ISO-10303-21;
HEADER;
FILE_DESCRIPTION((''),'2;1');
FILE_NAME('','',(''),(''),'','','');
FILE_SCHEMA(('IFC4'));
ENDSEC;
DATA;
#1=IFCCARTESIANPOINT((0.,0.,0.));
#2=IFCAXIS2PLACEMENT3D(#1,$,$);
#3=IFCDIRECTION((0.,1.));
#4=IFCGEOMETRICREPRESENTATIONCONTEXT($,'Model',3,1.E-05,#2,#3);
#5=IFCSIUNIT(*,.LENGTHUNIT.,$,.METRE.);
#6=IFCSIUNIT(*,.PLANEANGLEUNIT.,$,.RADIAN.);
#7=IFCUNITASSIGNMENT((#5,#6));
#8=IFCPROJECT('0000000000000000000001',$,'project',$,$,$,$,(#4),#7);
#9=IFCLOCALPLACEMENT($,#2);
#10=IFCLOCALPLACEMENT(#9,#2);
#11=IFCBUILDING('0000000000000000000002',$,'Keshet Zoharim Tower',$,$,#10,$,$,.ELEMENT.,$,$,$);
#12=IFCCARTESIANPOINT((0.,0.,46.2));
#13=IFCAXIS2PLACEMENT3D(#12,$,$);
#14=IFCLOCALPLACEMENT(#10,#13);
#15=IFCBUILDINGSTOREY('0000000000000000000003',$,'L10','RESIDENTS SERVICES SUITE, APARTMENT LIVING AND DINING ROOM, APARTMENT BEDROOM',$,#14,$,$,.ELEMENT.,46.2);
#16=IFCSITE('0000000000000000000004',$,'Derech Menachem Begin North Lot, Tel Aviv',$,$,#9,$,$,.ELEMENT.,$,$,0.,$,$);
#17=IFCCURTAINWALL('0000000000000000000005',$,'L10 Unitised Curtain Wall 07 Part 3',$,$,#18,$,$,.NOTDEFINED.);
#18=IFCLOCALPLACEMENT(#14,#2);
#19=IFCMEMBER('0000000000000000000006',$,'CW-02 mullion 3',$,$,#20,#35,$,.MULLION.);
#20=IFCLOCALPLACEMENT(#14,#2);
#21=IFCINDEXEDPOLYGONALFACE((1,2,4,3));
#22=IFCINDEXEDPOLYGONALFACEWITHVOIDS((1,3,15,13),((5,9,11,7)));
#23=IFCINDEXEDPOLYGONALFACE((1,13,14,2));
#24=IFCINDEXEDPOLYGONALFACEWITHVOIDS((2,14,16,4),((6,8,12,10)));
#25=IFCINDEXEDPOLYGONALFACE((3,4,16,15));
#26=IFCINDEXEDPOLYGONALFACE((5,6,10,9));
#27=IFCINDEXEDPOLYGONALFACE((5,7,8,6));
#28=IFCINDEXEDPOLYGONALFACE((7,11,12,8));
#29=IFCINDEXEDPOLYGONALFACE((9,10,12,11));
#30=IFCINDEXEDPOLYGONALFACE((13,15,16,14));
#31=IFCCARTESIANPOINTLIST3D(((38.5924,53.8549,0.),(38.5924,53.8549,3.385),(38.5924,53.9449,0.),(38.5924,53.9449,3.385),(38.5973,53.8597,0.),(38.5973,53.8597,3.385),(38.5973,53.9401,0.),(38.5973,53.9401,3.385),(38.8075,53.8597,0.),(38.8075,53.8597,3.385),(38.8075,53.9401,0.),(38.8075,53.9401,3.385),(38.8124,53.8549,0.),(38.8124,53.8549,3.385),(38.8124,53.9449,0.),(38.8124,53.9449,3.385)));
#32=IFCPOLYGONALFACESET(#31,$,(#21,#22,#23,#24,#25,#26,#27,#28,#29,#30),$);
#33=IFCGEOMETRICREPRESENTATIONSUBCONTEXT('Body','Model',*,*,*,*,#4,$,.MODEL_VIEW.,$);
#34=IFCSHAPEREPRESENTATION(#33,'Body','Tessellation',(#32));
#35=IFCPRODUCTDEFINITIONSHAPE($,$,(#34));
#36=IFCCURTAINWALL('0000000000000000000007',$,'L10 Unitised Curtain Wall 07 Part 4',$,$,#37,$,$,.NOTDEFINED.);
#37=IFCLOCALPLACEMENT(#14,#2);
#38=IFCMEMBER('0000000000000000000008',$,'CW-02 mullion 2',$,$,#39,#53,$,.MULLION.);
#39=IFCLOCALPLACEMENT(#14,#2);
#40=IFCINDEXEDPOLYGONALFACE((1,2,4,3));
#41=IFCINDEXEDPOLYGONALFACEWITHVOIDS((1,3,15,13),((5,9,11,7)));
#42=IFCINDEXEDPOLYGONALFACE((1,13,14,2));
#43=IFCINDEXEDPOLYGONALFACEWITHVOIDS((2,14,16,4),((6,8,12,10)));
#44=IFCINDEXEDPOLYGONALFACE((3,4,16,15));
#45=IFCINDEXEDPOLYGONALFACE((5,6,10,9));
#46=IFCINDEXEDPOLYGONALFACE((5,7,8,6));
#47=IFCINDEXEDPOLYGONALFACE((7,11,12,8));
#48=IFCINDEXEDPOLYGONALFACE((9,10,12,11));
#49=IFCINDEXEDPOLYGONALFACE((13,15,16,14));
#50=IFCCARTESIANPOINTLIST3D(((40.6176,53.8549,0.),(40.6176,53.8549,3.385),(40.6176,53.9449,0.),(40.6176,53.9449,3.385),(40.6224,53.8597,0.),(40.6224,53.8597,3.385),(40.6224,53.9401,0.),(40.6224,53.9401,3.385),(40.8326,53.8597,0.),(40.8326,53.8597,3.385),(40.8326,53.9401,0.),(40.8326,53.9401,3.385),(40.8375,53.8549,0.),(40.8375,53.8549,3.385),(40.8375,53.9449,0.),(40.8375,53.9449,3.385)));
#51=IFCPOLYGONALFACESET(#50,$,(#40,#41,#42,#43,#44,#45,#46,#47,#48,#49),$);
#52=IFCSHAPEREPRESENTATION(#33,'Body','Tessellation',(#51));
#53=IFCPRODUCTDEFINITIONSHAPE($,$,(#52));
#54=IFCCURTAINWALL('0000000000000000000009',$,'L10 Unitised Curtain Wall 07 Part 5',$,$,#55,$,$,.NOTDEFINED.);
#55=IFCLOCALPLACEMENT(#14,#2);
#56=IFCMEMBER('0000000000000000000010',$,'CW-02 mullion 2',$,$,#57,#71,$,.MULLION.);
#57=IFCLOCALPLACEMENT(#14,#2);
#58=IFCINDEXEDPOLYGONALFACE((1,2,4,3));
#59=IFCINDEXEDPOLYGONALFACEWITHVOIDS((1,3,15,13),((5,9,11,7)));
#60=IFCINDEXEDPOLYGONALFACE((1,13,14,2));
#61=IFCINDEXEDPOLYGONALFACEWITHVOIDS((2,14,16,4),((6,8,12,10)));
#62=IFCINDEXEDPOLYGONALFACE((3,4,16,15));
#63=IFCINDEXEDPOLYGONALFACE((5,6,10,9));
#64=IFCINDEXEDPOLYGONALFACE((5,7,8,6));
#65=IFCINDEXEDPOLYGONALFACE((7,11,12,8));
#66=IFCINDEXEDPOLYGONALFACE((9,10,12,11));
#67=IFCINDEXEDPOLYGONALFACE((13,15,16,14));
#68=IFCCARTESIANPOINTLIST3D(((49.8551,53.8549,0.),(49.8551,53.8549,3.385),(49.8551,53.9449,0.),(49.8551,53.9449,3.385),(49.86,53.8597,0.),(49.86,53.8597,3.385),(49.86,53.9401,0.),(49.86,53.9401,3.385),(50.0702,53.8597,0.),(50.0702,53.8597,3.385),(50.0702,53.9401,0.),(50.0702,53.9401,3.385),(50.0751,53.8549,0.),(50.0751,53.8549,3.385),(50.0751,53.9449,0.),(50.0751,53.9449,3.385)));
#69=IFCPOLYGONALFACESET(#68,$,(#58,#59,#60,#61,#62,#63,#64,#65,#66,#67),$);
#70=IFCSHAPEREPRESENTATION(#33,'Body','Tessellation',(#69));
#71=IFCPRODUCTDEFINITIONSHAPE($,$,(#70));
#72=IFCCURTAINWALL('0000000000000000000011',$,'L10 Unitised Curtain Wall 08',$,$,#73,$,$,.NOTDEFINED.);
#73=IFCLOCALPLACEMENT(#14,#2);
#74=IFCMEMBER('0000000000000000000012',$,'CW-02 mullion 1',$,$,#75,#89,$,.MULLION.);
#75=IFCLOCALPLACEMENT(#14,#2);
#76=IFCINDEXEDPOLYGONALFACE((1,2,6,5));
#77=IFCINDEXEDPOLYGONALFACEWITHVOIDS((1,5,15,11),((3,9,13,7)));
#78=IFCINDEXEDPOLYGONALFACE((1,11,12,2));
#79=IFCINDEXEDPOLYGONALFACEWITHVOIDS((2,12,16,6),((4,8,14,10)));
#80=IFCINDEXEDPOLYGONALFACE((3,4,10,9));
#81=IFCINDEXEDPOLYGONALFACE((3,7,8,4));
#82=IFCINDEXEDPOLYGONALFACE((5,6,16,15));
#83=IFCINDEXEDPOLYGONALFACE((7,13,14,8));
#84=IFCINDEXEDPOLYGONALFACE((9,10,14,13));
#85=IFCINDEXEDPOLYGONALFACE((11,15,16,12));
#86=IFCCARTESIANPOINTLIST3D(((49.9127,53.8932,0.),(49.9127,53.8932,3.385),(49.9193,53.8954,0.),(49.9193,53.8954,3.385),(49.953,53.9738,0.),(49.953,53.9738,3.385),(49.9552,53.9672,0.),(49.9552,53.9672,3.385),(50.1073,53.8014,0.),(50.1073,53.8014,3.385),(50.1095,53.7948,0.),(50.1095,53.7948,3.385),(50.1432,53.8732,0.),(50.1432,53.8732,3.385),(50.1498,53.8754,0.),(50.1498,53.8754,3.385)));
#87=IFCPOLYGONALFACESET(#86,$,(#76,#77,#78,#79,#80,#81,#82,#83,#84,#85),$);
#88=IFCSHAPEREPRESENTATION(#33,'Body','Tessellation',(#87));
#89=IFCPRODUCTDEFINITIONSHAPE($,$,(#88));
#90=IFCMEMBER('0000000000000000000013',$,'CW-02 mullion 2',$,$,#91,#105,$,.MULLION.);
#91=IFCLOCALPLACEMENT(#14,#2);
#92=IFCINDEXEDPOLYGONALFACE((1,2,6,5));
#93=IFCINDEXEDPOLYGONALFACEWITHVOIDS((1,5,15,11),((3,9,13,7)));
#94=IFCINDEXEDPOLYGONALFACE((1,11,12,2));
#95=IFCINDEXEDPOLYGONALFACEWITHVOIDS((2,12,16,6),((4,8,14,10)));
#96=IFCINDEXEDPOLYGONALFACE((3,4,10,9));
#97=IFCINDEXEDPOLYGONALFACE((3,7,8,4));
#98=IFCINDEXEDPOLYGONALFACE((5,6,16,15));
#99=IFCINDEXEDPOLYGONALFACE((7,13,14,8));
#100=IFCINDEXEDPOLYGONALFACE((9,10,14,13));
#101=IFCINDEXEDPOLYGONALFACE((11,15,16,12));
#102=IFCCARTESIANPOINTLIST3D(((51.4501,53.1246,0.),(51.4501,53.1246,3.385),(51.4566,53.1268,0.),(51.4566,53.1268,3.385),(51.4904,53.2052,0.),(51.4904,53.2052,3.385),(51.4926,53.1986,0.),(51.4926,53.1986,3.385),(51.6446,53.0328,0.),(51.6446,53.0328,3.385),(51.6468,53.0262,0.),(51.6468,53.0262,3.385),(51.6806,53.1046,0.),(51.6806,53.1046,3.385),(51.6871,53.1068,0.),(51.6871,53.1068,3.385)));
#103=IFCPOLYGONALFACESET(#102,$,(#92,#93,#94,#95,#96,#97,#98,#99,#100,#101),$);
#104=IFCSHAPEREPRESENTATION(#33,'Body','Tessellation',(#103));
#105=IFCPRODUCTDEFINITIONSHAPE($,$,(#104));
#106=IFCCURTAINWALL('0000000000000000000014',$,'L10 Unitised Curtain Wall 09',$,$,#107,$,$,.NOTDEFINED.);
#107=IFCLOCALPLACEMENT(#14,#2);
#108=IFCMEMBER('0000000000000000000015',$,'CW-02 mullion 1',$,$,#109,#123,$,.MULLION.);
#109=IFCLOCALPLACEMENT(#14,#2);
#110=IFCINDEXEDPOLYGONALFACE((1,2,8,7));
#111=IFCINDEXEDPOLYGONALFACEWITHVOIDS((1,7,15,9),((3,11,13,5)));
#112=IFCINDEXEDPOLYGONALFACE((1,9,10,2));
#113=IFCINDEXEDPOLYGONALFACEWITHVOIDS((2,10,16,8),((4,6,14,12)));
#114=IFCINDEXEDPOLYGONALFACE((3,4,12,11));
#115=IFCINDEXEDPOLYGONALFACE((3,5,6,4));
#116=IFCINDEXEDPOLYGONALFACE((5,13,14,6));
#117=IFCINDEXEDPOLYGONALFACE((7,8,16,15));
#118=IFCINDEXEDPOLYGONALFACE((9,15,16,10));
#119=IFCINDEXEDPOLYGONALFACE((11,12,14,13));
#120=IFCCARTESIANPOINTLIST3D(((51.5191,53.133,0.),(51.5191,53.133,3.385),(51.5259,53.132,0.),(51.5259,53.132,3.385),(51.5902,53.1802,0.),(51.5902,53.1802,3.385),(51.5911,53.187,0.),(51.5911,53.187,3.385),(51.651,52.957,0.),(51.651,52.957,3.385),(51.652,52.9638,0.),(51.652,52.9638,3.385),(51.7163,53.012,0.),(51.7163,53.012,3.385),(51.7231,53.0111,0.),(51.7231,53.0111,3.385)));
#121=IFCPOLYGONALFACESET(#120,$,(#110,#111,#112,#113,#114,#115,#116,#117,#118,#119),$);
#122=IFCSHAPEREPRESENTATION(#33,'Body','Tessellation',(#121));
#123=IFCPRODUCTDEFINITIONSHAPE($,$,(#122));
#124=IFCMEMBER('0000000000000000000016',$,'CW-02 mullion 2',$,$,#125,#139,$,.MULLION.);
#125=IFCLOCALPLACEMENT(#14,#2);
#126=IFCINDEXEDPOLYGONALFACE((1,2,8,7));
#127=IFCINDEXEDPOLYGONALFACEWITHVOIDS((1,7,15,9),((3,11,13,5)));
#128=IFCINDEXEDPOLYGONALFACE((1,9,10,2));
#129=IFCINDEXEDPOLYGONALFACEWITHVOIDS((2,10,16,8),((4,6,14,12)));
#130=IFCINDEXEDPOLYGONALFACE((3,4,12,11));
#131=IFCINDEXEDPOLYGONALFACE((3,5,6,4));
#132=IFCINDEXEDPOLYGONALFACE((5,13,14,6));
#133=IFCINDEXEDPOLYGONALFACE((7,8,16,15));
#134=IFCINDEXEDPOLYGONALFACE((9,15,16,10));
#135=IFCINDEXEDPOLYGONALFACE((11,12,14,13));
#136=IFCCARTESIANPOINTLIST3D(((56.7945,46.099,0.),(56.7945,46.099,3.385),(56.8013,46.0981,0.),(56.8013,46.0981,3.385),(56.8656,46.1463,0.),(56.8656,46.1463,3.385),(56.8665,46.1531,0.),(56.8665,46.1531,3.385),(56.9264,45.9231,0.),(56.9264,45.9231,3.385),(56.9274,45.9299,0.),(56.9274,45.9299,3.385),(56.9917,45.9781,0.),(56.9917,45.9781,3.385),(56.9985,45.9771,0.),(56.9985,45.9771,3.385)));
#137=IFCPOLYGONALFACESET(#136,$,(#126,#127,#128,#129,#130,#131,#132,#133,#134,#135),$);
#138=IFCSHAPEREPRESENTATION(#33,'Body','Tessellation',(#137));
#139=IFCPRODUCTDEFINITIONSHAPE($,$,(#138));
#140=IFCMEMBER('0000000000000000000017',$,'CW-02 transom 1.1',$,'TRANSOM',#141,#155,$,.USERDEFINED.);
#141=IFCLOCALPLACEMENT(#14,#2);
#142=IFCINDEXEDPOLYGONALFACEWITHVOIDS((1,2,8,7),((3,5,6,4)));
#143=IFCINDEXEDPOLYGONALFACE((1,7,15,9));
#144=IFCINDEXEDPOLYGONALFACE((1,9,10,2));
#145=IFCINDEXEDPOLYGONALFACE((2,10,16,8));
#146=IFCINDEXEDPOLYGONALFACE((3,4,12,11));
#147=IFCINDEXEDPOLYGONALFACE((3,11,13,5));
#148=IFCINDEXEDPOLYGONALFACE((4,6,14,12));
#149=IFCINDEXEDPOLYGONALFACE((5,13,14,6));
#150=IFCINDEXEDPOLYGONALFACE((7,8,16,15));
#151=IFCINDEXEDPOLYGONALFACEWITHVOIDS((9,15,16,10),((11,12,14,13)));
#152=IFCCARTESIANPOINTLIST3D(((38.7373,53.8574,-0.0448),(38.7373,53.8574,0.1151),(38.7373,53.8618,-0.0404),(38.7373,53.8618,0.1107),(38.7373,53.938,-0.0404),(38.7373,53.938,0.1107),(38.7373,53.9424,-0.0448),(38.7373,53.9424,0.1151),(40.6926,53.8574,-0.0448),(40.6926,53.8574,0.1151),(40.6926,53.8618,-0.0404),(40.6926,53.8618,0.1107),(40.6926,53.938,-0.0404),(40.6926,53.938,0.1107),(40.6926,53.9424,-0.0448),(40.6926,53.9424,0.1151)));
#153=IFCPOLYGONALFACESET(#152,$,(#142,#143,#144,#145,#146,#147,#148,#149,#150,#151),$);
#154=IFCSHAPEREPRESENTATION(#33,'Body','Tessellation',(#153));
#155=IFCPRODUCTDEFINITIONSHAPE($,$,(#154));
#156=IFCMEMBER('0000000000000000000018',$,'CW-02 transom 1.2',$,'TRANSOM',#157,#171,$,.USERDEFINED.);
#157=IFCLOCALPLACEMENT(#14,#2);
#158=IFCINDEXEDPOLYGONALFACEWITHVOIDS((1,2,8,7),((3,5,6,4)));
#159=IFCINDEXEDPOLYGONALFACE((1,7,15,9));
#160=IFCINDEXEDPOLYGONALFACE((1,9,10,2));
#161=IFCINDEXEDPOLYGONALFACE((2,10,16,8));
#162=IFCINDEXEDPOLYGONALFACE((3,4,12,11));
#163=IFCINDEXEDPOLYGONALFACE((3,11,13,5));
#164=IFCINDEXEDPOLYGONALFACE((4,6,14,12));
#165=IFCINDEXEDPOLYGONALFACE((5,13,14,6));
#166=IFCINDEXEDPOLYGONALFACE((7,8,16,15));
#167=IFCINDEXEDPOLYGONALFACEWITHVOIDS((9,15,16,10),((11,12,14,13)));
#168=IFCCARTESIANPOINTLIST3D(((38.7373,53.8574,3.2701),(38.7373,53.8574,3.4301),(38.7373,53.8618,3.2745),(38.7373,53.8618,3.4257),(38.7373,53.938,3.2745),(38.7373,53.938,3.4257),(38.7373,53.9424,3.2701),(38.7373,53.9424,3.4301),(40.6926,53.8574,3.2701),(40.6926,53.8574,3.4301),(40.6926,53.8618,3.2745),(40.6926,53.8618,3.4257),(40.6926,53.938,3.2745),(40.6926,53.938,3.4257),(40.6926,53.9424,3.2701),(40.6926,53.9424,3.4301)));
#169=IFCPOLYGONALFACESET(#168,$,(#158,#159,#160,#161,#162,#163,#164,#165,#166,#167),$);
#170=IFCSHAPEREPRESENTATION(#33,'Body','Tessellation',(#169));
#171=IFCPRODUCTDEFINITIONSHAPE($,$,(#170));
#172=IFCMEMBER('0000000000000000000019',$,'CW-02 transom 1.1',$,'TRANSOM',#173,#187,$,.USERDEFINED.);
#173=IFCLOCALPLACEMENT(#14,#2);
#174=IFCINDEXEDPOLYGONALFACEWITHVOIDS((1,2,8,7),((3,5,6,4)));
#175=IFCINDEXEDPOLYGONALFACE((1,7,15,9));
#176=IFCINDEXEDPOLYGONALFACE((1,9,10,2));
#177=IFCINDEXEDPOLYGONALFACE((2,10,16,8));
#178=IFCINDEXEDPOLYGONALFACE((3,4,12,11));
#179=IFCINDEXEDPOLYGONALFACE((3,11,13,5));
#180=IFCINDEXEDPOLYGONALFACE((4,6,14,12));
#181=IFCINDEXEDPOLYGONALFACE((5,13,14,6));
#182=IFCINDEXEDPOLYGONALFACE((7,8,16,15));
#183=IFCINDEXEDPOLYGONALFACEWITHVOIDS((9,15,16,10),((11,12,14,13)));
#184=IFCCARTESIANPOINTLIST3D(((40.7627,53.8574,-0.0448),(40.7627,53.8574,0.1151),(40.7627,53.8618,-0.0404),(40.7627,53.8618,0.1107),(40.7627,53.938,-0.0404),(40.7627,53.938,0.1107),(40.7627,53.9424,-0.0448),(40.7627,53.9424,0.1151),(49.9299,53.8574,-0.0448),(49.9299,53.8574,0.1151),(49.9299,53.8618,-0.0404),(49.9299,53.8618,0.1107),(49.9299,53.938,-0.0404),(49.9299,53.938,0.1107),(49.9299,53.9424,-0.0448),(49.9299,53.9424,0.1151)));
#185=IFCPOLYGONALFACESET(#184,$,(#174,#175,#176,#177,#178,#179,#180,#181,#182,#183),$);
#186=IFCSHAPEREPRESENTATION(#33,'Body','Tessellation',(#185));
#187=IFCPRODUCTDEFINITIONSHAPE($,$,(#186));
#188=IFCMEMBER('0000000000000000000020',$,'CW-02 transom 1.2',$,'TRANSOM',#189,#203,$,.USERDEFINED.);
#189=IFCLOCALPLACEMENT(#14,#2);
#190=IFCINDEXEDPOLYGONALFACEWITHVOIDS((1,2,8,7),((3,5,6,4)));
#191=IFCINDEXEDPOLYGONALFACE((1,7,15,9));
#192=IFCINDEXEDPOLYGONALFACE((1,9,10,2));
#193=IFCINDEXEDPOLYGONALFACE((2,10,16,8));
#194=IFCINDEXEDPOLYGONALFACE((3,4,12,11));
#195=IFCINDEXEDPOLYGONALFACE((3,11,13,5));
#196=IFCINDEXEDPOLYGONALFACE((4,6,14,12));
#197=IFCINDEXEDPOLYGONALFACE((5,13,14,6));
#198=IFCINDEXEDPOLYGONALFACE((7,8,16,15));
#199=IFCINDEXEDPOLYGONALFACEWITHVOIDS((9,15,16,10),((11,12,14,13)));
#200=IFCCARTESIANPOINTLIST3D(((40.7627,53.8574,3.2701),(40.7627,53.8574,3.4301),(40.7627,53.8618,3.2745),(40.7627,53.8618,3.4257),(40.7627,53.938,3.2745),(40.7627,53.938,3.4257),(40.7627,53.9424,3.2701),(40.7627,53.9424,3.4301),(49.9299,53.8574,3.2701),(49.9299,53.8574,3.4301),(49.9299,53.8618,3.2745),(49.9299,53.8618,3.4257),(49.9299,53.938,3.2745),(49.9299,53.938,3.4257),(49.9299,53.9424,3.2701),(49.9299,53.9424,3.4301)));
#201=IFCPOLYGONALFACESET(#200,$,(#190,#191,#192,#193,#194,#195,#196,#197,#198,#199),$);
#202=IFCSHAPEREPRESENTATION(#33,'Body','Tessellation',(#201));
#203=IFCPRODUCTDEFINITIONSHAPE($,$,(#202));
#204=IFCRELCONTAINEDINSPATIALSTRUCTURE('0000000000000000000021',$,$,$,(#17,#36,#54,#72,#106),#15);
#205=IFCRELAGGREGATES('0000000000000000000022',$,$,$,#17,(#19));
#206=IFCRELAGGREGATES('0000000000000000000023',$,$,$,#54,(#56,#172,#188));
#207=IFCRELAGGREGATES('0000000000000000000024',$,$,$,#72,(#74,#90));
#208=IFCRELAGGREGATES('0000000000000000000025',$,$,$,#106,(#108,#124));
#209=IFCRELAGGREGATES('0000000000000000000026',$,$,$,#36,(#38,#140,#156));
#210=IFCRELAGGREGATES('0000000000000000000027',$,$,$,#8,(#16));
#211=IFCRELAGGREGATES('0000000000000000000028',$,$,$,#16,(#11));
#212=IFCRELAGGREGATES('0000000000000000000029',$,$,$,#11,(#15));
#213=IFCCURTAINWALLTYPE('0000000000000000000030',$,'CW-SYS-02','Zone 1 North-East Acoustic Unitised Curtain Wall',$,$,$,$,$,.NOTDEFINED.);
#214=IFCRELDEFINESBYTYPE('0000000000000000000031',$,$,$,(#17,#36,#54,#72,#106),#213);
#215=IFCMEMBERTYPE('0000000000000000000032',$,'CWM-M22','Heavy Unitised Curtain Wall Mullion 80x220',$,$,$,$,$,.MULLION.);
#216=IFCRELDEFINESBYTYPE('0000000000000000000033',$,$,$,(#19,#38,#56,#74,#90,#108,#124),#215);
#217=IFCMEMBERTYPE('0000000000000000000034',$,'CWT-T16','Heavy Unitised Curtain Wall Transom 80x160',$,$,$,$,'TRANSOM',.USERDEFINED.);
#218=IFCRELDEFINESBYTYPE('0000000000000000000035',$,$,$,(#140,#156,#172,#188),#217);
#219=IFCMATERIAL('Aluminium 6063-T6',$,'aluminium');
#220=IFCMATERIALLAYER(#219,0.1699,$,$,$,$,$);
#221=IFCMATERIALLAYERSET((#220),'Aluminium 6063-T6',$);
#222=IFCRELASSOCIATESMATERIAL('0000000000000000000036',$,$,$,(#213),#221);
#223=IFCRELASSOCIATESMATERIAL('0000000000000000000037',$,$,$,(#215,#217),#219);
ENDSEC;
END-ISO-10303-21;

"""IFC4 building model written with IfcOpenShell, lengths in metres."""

from ifc_helpers import new_model, si_unit, direction, frame, origin, origin_2d, place, context, subcontext, project, spatial, hollow_rectangle, extrude, material, layer, layer_set, material_profile, profile_set, type_object, element, aggregate, save


model = new_model("IFC4")

# Units and contexts
model_context = context("Model", 3, precision=1e-05, world=origin(), true_north=direction((0.0, 1.0)))
body_context = subcontext(model_context, "Body", "Model", "MODEL_VIEW")
ifc_project = project(units=[si_unit("LENGTHUNIT", "METRE"), si_unit("PLANEANGLEUNIT", "RADIAN")], contexts=[model_context])

# Site, building, storey
site_placement = place(None, origin())
site = spatial("IfcSite", under=ifc_project, at=site_placement, Name="Derech Menachem Begin North Lot, Tel Aviv", CompositionType="ELEMENT", RefElevation=0.0)
building_placement = place(site_placement, origin())
building = spatial("IfcBuilding", under=site, at=building_placement, Name="Keshet Zoharim Tower", CompositionType="ELEMENT")
storey_placement = place(building_placement, frame((0.0, 0.0, 46.2)))
storey = spatial("IfcBuildingStorey", under=building, at=storey_placement, Name="L10", Description="RESIDENTS SERVICES SUITE, APARTMENT LIVING AND DINING ROOM, APARTMENT BEDROOM", CompositionType="ELEMENT", Elevation=46.2)

# Curtain walls, members
ifc_material_1 = material(Name="Aluminium 6063-T6", Category="aluminium")
ifc_layer_1 = layer(ifc_material_1, 0.1699)
ifc_layer_set_1 = layer_set([ifc_layer_1], Name="Aluminium 6063-T6")
curtain_wall_type = type_object("IfcCurtainWallType", Name="CW-SYS-02", Description="Zone 1 North-East Acoustic Unitised Curtain Wall", PredefinedType="NOTDEFINED", material=ifc_layer_set_1)
curtain_wall_1_placement = place(storey_placement, origin())
curtain_wall_1 = element("IfcCurtainWall", 1, at=curtain_wall_1_placement, inside=storey, type_object=curtain_wall_type, Name="L10 Unitised Curtain Wall 07 Part 3", PredefinedType="NOTDEFINED")
ifc_material_profile_1 = material_profile(ifc_material_1, hollow_rectangle(XDim=0.0901, YDim=0.22, WallThickness=0.0049, at=origin_2d()), Name="MUL-90x220")
ifc_profile_set_1 = profile_set([ifc_material_profile_1], Name="Aluminium 6063-T6")
member_type_1 = type_object("IfcMemberType", Name="CWM-M22", Description="Heavy Unitised Curtain Wall Mullion 80x220", PredefinedType="MULLION", material=ifc_profile_set_1)
member_1_placement = place(storey_placement, frame((38.7024, 53.8999, 0.0), z_axis=(0.0, 0.0, 1.0), x_axis=(0.0, 1.0, 0.0)))
member_1 = element("IfcMember", 2, at=member_1_placement, type_object=member_type_1, Name="CW-02 mullion 3", PredefinedType="MULLION", context=body_context, shape_type="SweptSolid", body=[
    extrude(hollow_rectangle(XDim=0.0901, YDim=0.22, WallThickness=0.0049, at=origin_2d()), origin(), (0.0, 0.0, 1.0), 3.385),
])
curtain_wall_2_placement = place(storey_placement, origin())
curtain_wall_2 = element("IfcCurtainWall", 3, at=curtain_wall_2_placement, inside=storey, type_object=curtain_wall_type, Name="L10 Unitised Curtain Wall 07 Part 4", PredefinedType="NOTDEFINED")
member_2_placement = place(storey_placement, frame((40.7275, 53.8999, 0.0), z_axis=(0.0, 0.0, 1.0), x_axis=(0.0, 1.0, 0.0)))
member_2 = element("IfcMember", 4, at=member_2_placement, type_object=member_type_1, Name="CW-02 mullion 2", PredefinedType="MULLION", context=body_context, shape_type="SweptSolid", body=[
    extrude(hollow_rectangle(XDim=0.0901, YDim=0.22, WallThickness=0.0049, at=origin_2d()), origin(), (0.0, 0.0, 1.0), 3.385),
])
curtain_wall_3_placement = place(storey_placement, origin())
curtain_wall_3 = element("IfcCurtainWall", 5, at=curtain_wall_3_placement, inside=storey, type_object=curtain_wall_type, Name="L10 Unitised Curtain Wall 07 Part 5", PredefinedType="NOTDEFINED")
member_3_placement = place(storey_placement, frame((49.9651, 53.8999, 0.0), z_axis=(0.0, 0.0, 1.0), x_axis=(0.0, 1.0, 0.0)))
member_3 = element("IfcMember", 6, at=member_3_placement, type_object=member_type_1, Name="CW-02 mullion 2", PredefinedType="MULLION", context=body_context, shape_type="SweptSolid", body=[
    extrude(hollow_rectangle(XDim=0.0901, YDim=0.22, WallThickness=0.0049, at=origin_2d()), origin(), (0.0, 0.0, 1.0), 3.385),
])

# Curtain walls, members
curtain_wall_4_placement = place(storey_placement, origin())
curtain_wall_4 = element("IfcCurtainWall", 7, at=curtain_wall_4_placement, inside=storey, type_object=curtain_wall_type, Name="L10 Unitised Curtain Wall 08", PredefinedType="NOTDEFINED")
member_4_placement = place(storey_placement, frame((50.0312, 53.8843, 0.0), z_axis=(0.0, 0.0, 1.0), x_axis=(0.447214, 0.894427, 0.0)))
member_4 = element("IfcMember", 8, at=member_4_placement, type_object=member_type_1, Name="CW-02 mullion 1", PredefinedType="MULLION", context=body_context, shape_type="SweptSolid", body=[
    extrude(hollow_rectangle(XDim=0.0901, YDim=0.22, WallThickness=0.0049, at=origin_2d()), origin(), (0.0, 0.0, 1.0), 3.385),
])
member_5_placement = place(storey_placement, frame((51.5686, 53.1157, 0.0), z_axis=(0.0, 0.0, 1.0), x_axis=(0.447214, 0.894427, 0.0)))
member_5 = element("IfcMember", 9, at=member_5_placement, type_object=member_type_1, Name="CW-02 mullion 2", PredefinedType="MULLION", context=body_context, shape_type="SweptSolid", body=[
    extrude(hollow_rectangle(XDim=0.0901, YDim=0.22, WallThickness=0.0049, at=origin_2d()), origin(), (0.0, 0.0, 1.0), 3.385),
])
curtain_wall_5_placement = place(storey_placement, origin())
curtain_wall_5 = element("IfcCurtainWall", 10, at=curtain_wall_5_placement, inside=storey, type_object=curtain_wall_type, Name="L10 Unitised Curtain Wall 09", PredefinedType="NOTDEFINED")
member_6_placement = place(storey_placement, frame((51.6211, 53.072, 0.0), z_axis=(0.0, 0.0, 1.0), x_axis=(0.8, 0.6, 0.0)))
member_6 = element("IfcMember", 11, at=member_6_placement, type_object=member_type_1, Name="CW-02 mullion 1", PredefinedType="MULLION", context=body_context, shape_type="SweptSolid", body=[
    extrude(hollow_rectangle(XDim=0.0901, YDim=0.22, WallThickness=0.0049, at=origin_2d()), origin(), (0.0, 0.0, 1.0), 3.385),
])
member_7_placement = place(storey_placement, frame((56.8965, 46.0381, 0.0), z_axis=(0.0, 0.0, 1.0), x_axis=(0.8, 0.6, 0.0)))
member_7 = element("IfcMember", 12, at=member_7_placement, type_object=member_type_1, Name="CW-02 mullion 2", PredefinedType="MULLION", context=body_context, shape_type="SweptSolid", body=[
    extrude(hollow_rectangle(XDim=0.0901, YDim=0.22, WallThickness=0.0049, at=origin_2d()), origin(), (0.0, 0.0, 1.0), 3.385),
])

# Members
ifc_material_profile_2 = material_profile(ifc_material_1, hollow_rectangle(XDim=0.085, YDim=0.1599, WallThickness=0.0044, at=origin_2d()), Name="TRN-85x160")
ifc_profile_set_2 = profile_set([ifc_material_profile_2], Name="Aluminium 6063-T6")
member_type_2 = type_object("IfcMemberType", Name="CWT-T16", Description="Heavy Unitised Curtain Wall Transom 80x160", ElementType="TRANSOM", PredefinedType="USERDEFINED", material=ifc_profile_set_2)
member_8_placement = place(storey_placement, frame((38.7373, 53.8999, 0.0352), z_axis=(1.0, 0.0, 0.0), x_axis=(0.0, 1.0, 0.0)))
member_8 = element("IfcMember", 13, at=member_8_placement, type_object=member_type_2, Name="CW-02 transom 1.1", ObjectType="TRANSOM", PredefinedType="USERDEFINED", context=body_context, shape_type="SweptSolid", body=[
    extrude(hollow_rectangle(XDim=0.085, YDim=0.1599, WallThickness=0.0044, at=origin_2d()), origin(), (0.0, 0.0, 1.0), 1.9553),
])
member_9_placement = place(storey_placement, frame((38.7373, 53.8999, 3.3501), z_axis=(1.0, 0.0, 0.0), x_axis=(0.0, 1.0, 0.0)))
member_9 = element("IfcMember", 14, at=member_9_placement, type_object=member_type_2, Name="CW-02 transom 1.2", ObjectType="TRANSOM", PredefinedType="USERDEFINED", context=body_context, shape_type="SweptSolid", body=[
    extrude(hollow_rectangle(XDim=0.085, YDim=0.1599, WallThickness=0.0044, at=origin_2d()), origin(), (0.0, 0.0, 1.0), 1.9553),
])
member_10_placement = place(storey_placement, frame((40.7627, 53.8999, 0.0352), z_axis=(1.0, 0.0, 0.0), x_axis=(0.0, 1.0, 0.0)))
member_10 = element("IfcMember", 15, at=member_10_placement, type_object=member_type_2, Name="CW-02 transom 1.1", ObjectType="TRANSOM", PredefinedType="USERDEFINED", context=body_context, shape_type="SweptSolid", body=[
    extrude(hollow_rectangle(XDim=0.085, YDim=0.1599, WallThickness=0.0044, at=origin_2d()), origin(), (0.0, 0.0, 1.0), 9.1672),
])
member_11_placement = place(storey_placement, frame((40.7627, 53.8999, 3.3501), z_axis=(1.0, 0.0, 0.0), x_axis=(0.0, 1.0, 0.0)))
member_11 = element("IfcMember", 16, at=member_11_placement, type_object=member_type_2, Name="CW-02 transom 1.2", ObjectType="TRANSOM", PredefinedType="USERDEFINED", context=body_context, shape_type="SweptSolid", body=[
    extrude(hollow_rectangle(XDim=0.085, YDim=0.1599, WallThickness=0.0044, at=origin_2d()), origin(), (0.0, 0.0, 1.0), 9.1672),
])

aggregate(curtain_wall_1, [member_1])
aggregate(curtain_wall_3, [member_3, member_10, member_11])
aggregate(curtain_wall_4, [member_4, member_5])
aggregate(curtain_wall_5, [member_6, member_7])
aggregate(curtain_wall_2, [member_2, member_8, member_9])

save(model, "model.ifc")
